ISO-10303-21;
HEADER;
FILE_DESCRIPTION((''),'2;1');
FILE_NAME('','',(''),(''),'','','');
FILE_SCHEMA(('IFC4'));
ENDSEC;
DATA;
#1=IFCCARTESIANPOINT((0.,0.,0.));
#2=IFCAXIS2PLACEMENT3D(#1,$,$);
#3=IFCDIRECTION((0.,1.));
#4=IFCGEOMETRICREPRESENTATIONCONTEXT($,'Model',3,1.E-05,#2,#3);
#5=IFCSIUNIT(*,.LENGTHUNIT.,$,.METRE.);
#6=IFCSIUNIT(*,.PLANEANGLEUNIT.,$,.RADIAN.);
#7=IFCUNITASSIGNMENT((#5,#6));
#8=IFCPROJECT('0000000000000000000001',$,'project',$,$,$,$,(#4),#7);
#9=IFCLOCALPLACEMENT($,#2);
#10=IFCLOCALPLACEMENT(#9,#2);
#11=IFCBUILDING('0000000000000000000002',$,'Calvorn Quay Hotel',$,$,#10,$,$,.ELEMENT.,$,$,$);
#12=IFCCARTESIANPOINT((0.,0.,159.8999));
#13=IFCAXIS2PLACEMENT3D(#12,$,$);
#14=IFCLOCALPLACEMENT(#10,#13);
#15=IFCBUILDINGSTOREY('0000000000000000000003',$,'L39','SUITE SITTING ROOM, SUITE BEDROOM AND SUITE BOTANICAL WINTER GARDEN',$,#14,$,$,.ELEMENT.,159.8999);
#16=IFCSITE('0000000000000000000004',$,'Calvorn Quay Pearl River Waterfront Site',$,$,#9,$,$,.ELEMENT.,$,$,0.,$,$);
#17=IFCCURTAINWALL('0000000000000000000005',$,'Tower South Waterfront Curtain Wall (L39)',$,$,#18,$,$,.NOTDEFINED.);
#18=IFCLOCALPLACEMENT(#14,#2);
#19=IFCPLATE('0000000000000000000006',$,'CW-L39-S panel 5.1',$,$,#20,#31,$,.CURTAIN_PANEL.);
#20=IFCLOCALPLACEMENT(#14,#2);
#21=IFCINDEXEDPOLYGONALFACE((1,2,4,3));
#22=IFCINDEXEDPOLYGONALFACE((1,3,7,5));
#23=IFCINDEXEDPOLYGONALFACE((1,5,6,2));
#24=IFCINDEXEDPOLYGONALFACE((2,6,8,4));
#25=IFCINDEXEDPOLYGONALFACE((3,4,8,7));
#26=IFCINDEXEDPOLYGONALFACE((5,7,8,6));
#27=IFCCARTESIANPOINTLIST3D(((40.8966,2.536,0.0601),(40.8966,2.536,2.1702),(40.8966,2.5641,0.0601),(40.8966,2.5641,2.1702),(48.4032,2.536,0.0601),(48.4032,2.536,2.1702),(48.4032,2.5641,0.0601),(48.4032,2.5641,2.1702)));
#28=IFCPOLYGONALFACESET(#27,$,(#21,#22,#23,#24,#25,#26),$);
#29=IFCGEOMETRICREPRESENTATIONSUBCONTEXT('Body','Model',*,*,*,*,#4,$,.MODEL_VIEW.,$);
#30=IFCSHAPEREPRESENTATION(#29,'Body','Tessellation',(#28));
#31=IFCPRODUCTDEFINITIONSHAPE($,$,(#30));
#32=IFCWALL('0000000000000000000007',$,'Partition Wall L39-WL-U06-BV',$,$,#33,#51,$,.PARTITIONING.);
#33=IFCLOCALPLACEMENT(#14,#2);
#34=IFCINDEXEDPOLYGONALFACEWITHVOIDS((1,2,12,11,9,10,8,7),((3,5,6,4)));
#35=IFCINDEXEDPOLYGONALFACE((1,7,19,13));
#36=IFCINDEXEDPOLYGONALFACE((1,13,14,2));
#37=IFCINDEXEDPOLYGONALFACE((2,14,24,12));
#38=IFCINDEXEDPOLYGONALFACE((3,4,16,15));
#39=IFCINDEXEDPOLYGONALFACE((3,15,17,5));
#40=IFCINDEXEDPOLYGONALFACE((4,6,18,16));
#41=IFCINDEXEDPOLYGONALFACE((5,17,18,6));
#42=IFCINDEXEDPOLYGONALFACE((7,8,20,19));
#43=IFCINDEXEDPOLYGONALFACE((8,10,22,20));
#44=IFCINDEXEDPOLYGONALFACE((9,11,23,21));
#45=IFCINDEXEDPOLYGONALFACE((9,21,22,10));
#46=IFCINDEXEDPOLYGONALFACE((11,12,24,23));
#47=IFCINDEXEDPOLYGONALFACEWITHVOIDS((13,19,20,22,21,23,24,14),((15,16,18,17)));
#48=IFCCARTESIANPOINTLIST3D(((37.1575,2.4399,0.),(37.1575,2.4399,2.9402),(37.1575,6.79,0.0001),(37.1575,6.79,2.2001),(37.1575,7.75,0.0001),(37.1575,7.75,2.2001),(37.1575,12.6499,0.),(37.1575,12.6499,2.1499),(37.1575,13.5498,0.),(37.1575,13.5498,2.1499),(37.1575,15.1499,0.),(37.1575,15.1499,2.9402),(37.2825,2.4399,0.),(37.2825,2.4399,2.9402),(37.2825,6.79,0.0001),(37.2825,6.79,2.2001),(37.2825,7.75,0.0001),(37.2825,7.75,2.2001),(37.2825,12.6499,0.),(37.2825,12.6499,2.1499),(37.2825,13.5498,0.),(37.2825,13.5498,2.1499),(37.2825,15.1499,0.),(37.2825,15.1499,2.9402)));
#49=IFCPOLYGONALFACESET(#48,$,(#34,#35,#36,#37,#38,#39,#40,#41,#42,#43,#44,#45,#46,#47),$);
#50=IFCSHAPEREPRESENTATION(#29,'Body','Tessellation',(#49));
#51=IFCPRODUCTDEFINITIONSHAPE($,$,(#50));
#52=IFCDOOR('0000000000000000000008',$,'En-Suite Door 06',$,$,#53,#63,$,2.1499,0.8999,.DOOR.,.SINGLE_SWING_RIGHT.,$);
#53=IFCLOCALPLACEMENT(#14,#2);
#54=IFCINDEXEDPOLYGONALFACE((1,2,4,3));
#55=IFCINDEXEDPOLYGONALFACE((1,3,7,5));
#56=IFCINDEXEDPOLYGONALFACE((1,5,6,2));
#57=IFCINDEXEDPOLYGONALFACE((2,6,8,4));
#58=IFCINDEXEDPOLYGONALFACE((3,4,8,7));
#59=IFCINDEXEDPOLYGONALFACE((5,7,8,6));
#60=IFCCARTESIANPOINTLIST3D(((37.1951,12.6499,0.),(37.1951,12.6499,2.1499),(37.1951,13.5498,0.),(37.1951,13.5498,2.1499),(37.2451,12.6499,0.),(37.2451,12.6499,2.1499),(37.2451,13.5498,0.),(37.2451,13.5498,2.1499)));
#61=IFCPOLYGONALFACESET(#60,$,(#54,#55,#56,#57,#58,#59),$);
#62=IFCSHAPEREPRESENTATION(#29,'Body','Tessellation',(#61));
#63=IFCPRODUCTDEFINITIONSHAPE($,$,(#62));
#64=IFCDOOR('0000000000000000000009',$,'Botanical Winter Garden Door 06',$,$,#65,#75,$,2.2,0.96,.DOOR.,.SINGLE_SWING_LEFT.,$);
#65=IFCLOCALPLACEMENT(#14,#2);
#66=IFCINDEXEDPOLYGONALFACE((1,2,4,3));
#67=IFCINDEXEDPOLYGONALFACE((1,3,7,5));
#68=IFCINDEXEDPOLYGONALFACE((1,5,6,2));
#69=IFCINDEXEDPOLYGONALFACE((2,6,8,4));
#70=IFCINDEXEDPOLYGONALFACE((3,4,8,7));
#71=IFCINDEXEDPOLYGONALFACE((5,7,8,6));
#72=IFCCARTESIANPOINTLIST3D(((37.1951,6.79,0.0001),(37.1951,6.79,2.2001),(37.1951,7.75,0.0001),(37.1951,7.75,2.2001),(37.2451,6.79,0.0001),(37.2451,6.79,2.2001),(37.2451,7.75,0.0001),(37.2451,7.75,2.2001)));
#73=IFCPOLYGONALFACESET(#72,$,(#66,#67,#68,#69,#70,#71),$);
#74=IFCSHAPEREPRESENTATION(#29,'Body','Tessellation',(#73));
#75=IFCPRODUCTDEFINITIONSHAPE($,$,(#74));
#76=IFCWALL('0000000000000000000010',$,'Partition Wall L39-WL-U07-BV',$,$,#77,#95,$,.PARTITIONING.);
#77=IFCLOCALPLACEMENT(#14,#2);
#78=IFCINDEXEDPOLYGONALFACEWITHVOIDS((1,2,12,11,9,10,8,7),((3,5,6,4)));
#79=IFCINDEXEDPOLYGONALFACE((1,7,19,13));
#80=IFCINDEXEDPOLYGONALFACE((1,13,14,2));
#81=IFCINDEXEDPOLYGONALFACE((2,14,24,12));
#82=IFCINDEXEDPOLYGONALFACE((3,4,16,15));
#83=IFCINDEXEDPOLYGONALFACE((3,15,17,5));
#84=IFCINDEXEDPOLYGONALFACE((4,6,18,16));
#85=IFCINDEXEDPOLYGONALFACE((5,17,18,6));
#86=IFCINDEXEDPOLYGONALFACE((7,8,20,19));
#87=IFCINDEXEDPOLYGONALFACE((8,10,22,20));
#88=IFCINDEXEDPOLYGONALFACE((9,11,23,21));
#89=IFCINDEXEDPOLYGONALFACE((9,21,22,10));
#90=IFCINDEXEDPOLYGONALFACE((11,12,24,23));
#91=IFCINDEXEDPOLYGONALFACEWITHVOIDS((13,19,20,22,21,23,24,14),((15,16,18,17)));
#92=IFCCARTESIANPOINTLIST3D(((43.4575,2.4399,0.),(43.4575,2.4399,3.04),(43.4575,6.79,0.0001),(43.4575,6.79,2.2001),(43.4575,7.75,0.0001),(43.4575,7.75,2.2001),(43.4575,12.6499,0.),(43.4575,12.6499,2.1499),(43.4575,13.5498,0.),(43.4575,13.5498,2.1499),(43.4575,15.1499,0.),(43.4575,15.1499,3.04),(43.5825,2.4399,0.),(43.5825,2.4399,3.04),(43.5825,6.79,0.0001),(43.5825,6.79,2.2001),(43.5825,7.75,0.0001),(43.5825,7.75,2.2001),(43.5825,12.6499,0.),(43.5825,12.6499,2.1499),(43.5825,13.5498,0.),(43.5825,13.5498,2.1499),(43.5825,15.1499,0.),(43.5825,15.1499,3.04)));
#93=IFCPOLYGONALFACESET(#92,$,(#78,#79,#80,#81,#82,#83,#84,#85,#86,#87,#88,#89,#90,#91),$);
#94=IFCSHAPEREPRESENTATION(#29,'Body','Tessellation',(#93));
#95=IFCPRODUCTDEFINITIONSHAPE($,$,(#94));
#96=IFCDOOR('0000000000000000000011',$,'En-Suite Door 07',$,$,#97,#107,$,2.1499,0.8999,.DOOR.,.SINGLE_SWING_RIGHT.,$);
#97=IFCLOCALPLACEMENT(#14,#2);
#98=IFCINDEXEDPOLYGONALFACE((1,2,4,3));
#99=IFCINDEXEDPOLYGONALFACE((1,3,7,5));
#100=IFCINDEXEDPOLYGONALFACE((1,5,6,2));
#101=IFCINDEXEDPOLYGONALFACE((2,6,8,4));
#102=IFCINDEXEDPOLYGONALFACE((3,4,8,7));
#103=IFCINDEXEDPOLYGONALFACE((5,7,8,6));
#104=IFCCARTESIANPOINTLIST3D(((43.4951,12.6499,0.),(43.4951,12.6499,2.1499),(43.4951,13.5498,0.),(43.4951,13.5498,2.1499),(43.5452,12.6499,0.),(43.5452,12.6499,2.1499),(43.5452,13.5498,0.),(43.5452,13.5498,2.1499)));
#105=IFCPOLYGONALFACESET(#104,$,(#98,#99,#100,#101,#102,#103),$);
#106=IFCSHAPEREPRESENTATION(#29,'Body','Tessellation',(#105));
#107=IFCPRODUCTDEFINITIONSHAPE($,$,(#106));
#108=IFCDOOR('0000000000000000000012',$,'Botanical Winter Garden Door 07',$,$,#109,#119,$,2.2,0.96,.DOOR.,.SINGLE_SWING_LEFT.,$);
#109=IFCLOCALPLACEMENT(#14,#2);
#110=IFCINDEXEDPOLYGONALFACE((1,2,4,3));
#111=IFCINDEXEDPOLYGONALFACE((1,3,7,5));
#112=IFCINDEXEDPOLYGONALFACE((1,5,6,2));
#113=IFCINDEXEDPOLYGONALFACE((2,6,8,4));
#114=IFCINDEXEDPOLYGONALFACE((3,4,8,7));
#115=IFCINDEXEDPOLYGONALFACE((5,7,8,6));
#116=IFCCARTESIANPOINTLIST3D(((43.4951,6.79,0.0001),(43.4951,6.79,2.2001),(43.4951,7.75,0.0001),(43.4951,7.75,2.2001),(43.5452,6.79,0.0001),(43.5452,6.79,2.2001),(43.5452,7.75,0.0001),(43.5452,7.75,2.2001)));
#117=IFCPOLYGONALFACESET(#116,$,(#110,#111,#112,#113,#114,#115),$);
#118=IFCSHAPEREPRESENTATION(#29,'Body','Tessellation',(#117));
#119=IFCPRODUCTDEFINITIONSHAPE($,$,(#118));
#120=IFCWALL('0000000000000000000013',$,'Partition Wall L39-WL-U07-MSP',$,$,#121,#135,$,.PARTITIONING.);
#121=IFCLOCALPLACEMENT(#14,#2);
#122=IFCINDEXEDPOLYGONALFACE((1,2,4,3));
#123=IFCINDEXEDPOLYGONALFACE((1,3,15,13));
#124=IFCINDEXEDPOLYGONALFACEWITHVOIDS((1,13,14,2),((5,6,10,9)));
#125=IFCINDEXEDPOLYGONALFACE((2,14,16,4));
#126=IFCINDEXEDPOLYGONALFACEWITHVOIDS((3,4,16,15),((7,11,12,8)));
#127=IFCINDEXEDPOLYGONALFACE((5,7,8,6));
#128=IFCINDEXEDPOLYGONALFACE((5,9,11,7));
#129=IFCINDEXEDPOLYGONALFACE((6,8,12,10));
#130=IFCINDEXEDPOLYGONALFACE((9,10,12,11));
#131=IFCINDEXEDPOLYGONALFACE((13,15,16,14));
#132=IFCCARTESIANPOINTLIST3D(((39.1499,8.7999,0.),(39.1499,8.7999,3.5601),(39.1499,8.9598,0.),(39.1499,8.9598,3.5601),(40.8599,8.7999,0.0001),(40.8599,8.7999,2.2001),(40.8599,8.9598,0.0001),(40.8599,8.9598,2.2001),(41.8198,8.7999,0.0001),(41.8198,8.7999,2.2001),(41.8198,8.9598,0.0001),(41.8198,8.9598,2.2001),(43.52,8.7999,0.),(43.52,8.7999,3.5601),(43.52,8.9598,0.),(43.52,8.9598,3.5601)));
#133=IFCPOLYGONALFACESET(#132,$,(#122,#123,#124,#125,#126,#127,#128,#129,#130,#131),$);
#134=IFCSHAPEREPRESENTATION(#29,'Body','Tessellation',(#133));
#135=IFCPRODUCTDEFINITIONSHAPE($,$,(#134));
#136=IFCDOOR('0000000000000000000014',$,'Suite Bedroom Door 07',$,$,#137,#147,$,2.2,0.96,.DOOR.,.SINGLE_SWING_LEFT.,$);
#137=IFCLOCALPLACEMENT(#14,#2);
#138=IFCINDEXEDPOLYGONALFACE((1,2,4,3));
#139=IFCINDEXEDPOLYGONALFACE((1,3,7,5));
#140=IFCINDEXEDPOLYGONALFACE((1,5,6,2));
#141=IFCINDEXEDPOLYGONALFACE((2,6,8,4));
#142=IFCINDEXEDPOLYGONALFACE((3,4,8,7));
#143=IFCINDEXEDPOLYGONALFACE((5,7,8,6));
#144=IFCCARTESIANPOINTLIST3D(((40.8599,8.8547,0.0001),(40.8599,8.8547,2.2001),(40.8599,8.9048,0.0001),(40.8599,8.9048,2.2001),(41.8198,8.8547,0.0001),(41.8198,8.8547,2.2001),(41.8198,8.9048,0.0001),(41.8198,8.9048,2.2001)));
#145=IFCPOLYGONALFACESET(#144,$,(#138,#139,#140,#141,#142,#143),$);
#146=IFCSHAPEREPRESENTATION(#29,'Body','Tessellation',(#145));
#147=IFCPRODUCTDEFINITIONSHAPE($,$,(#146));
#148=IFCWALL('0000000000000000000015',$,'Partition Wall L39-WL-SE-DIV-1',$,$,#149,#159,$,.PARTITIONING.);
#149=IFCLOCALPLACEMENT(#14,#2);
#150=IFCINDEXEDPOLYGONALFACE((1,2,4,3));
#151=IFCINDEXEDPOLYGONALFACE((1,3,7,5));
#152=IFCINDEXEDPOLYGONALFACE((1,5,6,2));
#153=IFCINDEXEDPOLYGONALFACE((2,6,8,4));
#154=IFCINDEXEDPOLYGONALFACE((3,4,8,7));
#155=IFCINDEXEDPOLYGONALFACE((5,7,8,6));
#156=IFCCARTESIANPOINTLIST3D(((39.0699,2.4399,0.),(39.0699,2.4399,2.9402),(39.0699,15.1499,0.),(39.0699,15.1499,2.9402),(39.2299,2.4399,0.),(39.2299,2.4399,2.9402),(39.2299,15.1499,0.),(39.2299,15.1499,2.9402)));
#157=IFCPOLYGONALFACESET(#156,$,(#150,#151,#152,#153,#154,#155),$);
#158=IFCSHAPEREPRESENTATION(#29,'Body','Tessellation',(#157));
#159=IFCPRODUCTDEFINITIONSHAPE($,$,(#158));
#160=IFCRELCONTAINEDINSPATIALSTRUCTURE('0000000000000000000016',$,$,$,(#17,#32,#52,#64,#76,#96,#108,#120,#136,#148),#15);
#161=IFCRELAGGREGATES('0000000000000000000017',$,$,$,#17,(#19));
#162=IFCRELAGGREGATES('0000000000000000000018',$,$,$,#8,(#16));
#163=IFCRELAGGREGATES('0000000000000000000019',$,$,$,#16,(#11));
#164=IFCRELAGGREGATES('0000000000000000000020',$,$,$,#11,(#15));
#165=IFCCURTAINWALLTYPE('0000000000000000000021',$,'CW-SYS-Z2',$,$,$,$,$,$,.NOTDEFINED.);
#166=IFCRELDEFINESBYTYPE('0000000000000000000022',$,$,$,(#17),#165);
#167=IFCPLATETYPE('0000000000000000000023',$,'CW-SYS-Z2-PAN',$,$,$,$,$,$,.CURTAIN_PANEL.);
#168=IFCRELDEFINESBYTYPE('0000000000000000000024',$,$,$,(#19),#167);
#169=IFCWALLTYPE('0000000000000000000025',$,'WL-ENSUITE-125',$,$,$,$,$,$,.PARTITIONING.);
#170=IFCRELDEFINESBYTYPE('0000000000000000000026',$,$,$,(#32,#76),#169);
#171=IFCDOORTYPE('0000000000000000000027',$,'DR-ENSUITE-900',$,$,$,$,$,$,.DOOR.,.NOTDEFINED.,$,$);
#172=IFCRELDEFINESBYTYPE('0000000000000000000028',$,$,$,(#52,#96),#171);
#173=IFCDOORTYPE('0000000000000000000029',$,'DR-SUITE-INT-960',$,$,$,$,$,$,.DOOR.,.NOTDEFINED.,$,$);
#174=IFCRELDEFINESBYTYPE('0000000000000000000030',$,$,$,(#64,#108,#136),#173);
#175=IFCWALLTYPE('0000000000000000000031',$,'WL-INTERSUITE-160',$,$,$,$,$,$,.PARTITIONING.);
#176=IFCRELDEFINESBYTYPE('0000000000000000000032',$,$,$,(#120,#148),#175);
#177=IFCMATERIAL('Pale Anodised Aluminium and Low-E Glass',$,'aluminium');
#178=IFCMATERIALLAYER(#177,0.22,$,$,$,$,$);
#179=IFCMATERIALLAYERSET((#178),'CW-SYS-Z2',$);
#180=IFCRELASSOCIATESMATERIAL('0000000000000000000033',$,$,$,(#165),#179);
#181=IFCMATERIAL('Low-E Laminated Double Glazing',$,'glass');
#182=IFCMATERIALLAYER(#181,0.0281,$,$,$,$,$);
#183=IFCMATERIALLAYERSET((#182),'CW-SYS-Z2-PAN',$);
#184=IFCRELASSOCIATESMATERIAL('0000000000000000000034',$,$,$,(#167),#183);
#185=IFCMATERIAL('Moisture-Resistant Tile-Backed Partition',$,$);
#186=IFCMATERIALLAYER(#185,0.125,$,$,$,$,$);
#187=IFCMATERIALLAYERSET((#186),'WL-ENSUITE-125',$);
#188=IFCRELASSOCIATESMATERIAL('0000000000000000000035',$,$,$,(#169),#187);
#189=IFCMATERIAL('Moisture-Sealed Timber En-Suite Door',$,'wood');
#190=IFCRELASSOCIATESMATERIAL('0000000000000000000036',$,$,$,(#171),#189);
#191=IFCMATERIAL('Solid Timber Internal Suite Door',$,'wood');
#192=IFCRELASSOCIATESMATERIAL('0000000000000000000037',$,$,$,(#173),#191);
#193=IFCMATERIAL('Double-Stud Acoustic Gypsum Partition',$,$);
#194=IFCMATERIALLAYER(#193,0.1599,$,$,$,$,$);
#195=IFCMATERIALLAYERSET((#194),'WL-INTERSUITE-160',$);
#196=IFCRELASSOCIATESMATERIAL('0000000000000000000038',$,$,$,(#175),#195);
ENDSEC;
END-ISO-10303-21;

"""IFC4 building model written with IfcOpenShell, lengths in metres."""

from ifc_helpers import new_model, si_unit, direction, frame, frame_2d, origin, origin_2d, place, context, subcontext, project, spatial, rectangle, extrude, material, layer, layer_set, type_object, element, fill, aggregate, save


model = new_model("IFC4")

# Units and contexts
model_context = context("Model", 3, precision=1e-05, world=origin(), true_north=direction((0.0, 1.0)))
body_context = subcontext(model_context, "Body", "Model", "MODEL_VIEW")
ifc_project = project(units=[si_unit("LENGTHUNIT", "METRE"), si_unit("PLANEANGLEUNIT", "RADIAN")], contexts=[model_context])

# Site, building, storey
site_placement = place(None, origin())
site = spatial("IfcSite", under=ifc_project, at=site_placement, Name="Calvorn Quay Pearl River Waterfront Site", CompositionType="ELEMENT", RefElevation=0.0)
building_placement = place(site_placement, origin())
building = spatial("IfcBuilding", under=site, at=building_placement, Name="Calvorn Quay Hotel", CompositionType="ELEMENT")
storey_placement = place(building_placement, frame((0.0, 0.0, 159.8999)))
storey = spatial("IfcBuildingStorey", under=building, at=storey_placement, Name="L39", Description="SUITE SITTING ROOM, SUITE BEDROOM AND SUITE BOTANICAL WINTER GARDEN", CompositionType="ELEMENT", Elevation=159.8999)

# Curtain wall, plate
ifc_material_1 = material(Name="Pale Anodised Aluminium and Low-E Glass", Category="aluminium")
ifc_layer_1 = layer(ifc_material_1, 0.22)
ifc_layer_set_1 = layer_set([ifc_layer_1], Name="CW-SYS-Z2")
curtain_wall_type = type_object("IfcCurtainWallType", Name="CW-SYS-Z2", PredefinedType="NOTDEFINED", material=ifc_layer_set_1)
curtain_wall_placement = place(storey_placement, origin())
curtain_wall = element("IfcCurtainWall", 1, at=curtain_wall_placement, inside=storey, type_object=curtain_wall_type, Name="Tower South Waterfront Curtain Wall (L39)", PredefinedType="NOTDEFINED")
ifc_material_2 = material(Name="Low-E Laminated Double Glazing", Category="glass")
ifc_layer_2 = layer(ifc_material_2, 0.0281)
ifc_layer_set_2 = layer_set([ifc_layer_2], Name="CW-SYS-Z2-PAN")
plate_type = type_object("IfcPlateType", Name="CW-SYS-Z2-PAN", PredefinedType="CURTAIN_PANEL", material=ifc_layer_set_2)
plate_1_placement = place(storey_placement, frame((44.6499, 2.55, 0.0601), z_axis=(0.0, 0.0, 1.0), x_axis=(1.0, 0.0, 0.0)))
plate_1 = element("IfcPlate", 2, at=plate_1_placement, type_object=plate_type, Name="CW-L39-S panel 5.1", PredefinedType="CURTAIN_PANEL", context=body_context, shape_type="SweptSolid", body=[
    extrude(rectangle(XDim=7.5066, YDim=0.0281, at=origin_2d()), origin(), (0.0, 0.0, 1.0), 2.1101),
])
aggregate(curtain_wall, [plate_1])

# Walls, openings, doors
ifc_material_3 = material(Name="Moisture-Resistant Tile-Backed Partition")
ifc_layer_3 = layer(ifc_material_3, 0.125)
ifc_layer_set_3 = layer_set([ifc_layer_3], Name="WL-ENSUITE-125")
wall_type_1 = type_object("IfcWallType", Name="WL-ENSUITE-125", PredefinedType="PARTITIONING", material=ifc_layer_set_3)
wall_1_placement = place(storey_placement, frame((37.22, 2.4399, 0.0), z_axis=(0.0, 0.0, 1.0), x_axis=(0.0, 1.0, 0.0)))
wall_1 = element("IfcWall", 3, at=wall_1_placement, inside=storey, type_object=wall_type_1, Name="Partition Wall L39-WL-U06-BV", PredefinedType="PARTITIONING", context=body_context, shape_type="SweptSolid", body=[
    extrude(rectangle(XDim=12.71, YDim=0.125, at=frame_2d((6.355, 0.0))), origin(), (0.0, 0.0, 1.0), 2.9402),
])
opening_1_placement = place(wall_1_placement, frame((4.3501, 0.0, 0.0)))
opening_1 = element("IfcOpeningElement", 4, at=opening_1_placement, cuts=wall_1, PredefinedType="OPENING", context=body_context, shape_type="SweptSolid", body=[
    extrude(rectangle(XDim=0.96, YDim=2.2, at=frame_2d((0.48, 1.1001))), frame((0.0, 0.0725, 0.0), z_axis=(0.0, -1.0, 0.0), x_axis=(1.0, 0.0, 0.0)), (0.0, 0.0, 1.0), 0.145),
])
opening_2_placement = place(wall_1_placement, frame((10.21, 0.0, 0.0)))
opening_2 = element("IfcOpeningElement", 5, at=opening_2_placement, cuts=wall_1, PredefinedType="OPENING", context=body_context, shape_type="SweptSolid", body=[
    extrude(rectangle(XDim=0.8999, YDim=2.1499, at=frame_2d((0.45, 1.075))), frame((0.0, 0.0725, 0.0), z_axis=(0.0, -1.0, 0.0), x_axis=(1.0, 0.0, 0.0)), (0.0, 0.0, 1.0), 0.145),
])
ifc_material_4 = material(Name="Moisture-Sealed Timber En-Suite Door", Category="wood")
door_type_1 = type_object("IfcDoorType", Name="DR-ENSUITE-900", OperationType="NOTDEFINED", PredefinedType="DOOR", material=ifc_material_4)
door_1_placement = place(opening_2_placement, origin())
door_1 = element("IfcDoor", 6, at=door_1_placement, inside=storey, type_object=door_type_1, Name="En-Suite Door 06", OperationType="SINGLE_SWING_RIGHT", OverallHeight=2.1499, OverallWidth=0.8999, PredefinedType="DOOR", context=body_context, shape_type="SweptSolid", body=[
    extrude(rectangle(XDim=0.8999, YDim=2.1499, at=frame_2d((0.45, 1.075))), frame((0.0, 0.0249, 0.0), z_axis=(0.0, -1.0, 0.0), x_axis=(1.0, 0.0, 0.0)), (0.0, 0.0, 1.0), 0.05),
])
fill(opening_2, door_1)
ifc_material_5 = material(Name="Solid Timber Internal Suite Door", Category="wood")
door_type_2 = type_object("IfcDoorType", Name="DR-SUITE-INT-960", OperationType="NOTDEFINED", PredefinedType="DOOR", material=ifc_material_5)
door_2_placement = place(opening_1_placement, origin())
door_2 = element("IfcDoor", 7, at=door_2_placement, inside=storey, type_object=door_type_2, Name="Botanical Winter Garden Door 06", OperationType="SINGLE_SWING_LEFT", OverallHeight=2.2, OverallWidth=0.96, PredefinedType="DOOR", context=body_context, shape_type="SweptSolid", body=[
    extrude(rectangle(XDim=0.96, YDim=2.2, at=frame_2d((0.48, 1.1001))), frame((0.0, 0.0249, 0.0), z_axis=(0.0, -1.0, 0.0), x_axis=(1.0, 0.0, 0.0)), (0.0, 0.0, 1.0), 0.05),
])
fill(opening_1, door_2)
wall_2_placement = place(storey_placement, frame((43.52, 2.4399, 0.0), z_axis=(0.0, 0.0, 1.0), x_axis=(0.0, 1.0, 0.0)))
wall_2 = element("IfcWall", 8, at=wall_2_placement, inside=storey, type_object=wall_type_1, Name="Partition Wall L39-WL-U07-BV", PredefinedType="PARTITIONING", context=body_context, shape_type="SweptSolid", body=[
    extrude(rectangle(XDim=12.71, YDim=0.125, at=frame_2d((6.355, 0.0))), origin(), (0.0, 0.0, 1.0), 3.04),
])
opening_3_placement = place(wall_2_placement, frame((4.3501, 0.0, 0.0)))
opening_3 = element("IfcOpeningElement", 9, at=opening_3_placement, cuts=wall_2, PredefinedType="OPENING", context=body_context, shape_type="SweptSolid", body=[
    extrude(rectangle(XDim=0.96, YDim=2.2, at=frame_2d((0.48, 1.1001))), frame((0.0, 0.0725, 0.0), z_axis=(0.0, -1.0, 0.0), x_axis=(1.0, 0.0, 0.0)), (0.0, 0.0, 1.0), 0.145),
])
opening_4_placement = place(wall_2_placement, frame((10.21, 0.0, 0.0)))
opening_4 = element("IfcOpeningElement", 10, at=opening_4_placement, cuts=wall_2, PredefinedType="OPENING", context=body_context, shape_type="SweptSolid", body=[
    extrude(rectangle(XDim=0.8999, YDim=2.1499, at=frame_2d((0.45, 1.075))), frame((0.0, 0.0725, 0.0), z_axis=(0.0, -1.0, 0.0), x_axis=(1.0, 0.0, 0.0)), (0.0, 0.0, 1.0), 0.145),
])
door_3_placement = place(opening_4_placement, origin())
door_3 = element("IfcDoor", 11, at=door_3_placement, inside=storey, type_object=door_type_1, Name="En-Suite Door 07", OperationType="SINGLE_SWING_RIGHT", OverallHeight=2.1499, OverallWidth=0.8999, PredefinedType="DOOR", context=body_context, shape_type="SweptSolid", body=[
    extrude(rectangle(XDim=0.8999, YDim=2.1499, at=frame_2d((0.45, 1.075))), frame((0.0, 0.0249, 0.0), z_axis=(0.0, -1.0, 0.0), x_axis=(1.0, 0.0, 0.0)), (0.0, 0.0, 1.0), 0.05),
])
fill(opening_4, door_3)
door_4_placement = place(opening_3_placement, origin())
door_4 = element("IfcDoor", 12, at=door_4_placement, inside=storey, type_object=door_type_2, Name="Botanical Winter Garden Door 07", OperationType="SINGLE_SWING_LEFT", OverallHeight=2.2, OverallWidth=0.96, PredefinedType="DOOR", context=body_context, shape_type="SweptSolid", body=[
    extrude(rectangle(XDim=0.96, YDim=2.2, at=frame_2d((0.48, 1.1001))), frame((0.0, 0.0249, 0.0), z_axis=(0.0, -1.0, 0.0), x_axis=(1.0, 0.0, 0.0)), (0.0, 0.0, 1.0), 0.05),
])
fill(opening_3, door_4)

# Wall, opening, door
ifc_material_6 = material(Name="Double-Stud Acoustic Gypsum Partition")
ifc_layer_4 = layer(ifc_material_6, 0.1599)
ifc_layer_set_4 = layer_set([ifc_layer_4], Name="WL-INTERSUITE-160")
wall_type_2 = type_object("IfcWallType", Name="WL-INTERSUITE-160", PredefinedType="PARTITIONING", material=ifc_layer_set_4)
wall_3_placement = place(storey_placement, frame((39.1499, 8.8799, 0.0), z_axis=(0.0, 0.0, 1.0), x_axis=(1.0, 0.0, 0.0)))
wall_3 = element("IfcWall", 13, at=wall_3_placement, inside=storey, type_object=wall_type_2, Name="Partition Wall L39-WL-U07-MSP", PredefinedType="PARTITIONING", context=body_context, shape_type="SweptSolid", body=[
    extrude(rectangle(XDim=4.3701, YDim=0.1599, at=frame_2d((2.1851, 0.0))), origin(), (0.0, 0.0, 1.0), 3.5601),
])
opening_5_placement = place(wall_3_placement, frame((1.71, 0.0, 0.0)))
opening_5 = element("IfcOpeningElement", 14, at=opening_5_placement, cuts=wall_3, PredefinedType="OPENING", context=body_context, shape_type="SweptSolid", body=[
    extrude(rectangle(XDim=0.96, YDim=2.2, at=frame_2d((0.48, 1.1001))), frame((0.0, 0.0898, 0.0), z_axis=(0.0, -1.0, 0.0), x_axis=(1.0, 0.0, 0.0)), (0.0, 0.0, 1.0), 0.1799),
])
door_5_placement = place(opening_5_placement, origin())
door_5 = element("IfcDoor", 15, at=door_5_placement, inside=storey, type_object=door_type_2, Name="Suite Bedroom Door 07", OperationType="SINGLE_SWING_LEFT", OverallHeight=2.2, OverallWidth=0.96, PredefinedType="DOOR", context=body_context, shape_type="SweptSolid", body=[
    extrude(rectangle(XDim=0.96, YDim=2.2, at=frame_2d((0.48, 1.1001))), frame((0.0, 0.0249, 0.0), z_axis=(0.0, -1.0, 0.0), x_axis=(1.0, 0.0, 0.0)), (0.0, 0.0, 1.0), 0.05),
])
fill(opening_5, door_5)

# Wall
wall_4_placement = place(storey_placement, frame((39.1499, 2.4399, 0.0), z_axis=(0.0, 0.0, 1.0), x_axis=(0.0, 1.0, 0.0)))
element("IfcWall", 16, at=wall_4_placement, inside=storey, type_object=wall_type_2, Name="Partition Wall L39-WL-SE-DIV-1", PredefinedType="PARTITIONING", context=body_context, shape_type="SweptSolid", body=[
    extrude(rectangle(XDim=12.71, YDim=0.1599, at=frame_2d((6.355, 0.0))), origin(), (0.0, 0.0, 1.0), 2.9402),
])

save(model, "model.ifc")
